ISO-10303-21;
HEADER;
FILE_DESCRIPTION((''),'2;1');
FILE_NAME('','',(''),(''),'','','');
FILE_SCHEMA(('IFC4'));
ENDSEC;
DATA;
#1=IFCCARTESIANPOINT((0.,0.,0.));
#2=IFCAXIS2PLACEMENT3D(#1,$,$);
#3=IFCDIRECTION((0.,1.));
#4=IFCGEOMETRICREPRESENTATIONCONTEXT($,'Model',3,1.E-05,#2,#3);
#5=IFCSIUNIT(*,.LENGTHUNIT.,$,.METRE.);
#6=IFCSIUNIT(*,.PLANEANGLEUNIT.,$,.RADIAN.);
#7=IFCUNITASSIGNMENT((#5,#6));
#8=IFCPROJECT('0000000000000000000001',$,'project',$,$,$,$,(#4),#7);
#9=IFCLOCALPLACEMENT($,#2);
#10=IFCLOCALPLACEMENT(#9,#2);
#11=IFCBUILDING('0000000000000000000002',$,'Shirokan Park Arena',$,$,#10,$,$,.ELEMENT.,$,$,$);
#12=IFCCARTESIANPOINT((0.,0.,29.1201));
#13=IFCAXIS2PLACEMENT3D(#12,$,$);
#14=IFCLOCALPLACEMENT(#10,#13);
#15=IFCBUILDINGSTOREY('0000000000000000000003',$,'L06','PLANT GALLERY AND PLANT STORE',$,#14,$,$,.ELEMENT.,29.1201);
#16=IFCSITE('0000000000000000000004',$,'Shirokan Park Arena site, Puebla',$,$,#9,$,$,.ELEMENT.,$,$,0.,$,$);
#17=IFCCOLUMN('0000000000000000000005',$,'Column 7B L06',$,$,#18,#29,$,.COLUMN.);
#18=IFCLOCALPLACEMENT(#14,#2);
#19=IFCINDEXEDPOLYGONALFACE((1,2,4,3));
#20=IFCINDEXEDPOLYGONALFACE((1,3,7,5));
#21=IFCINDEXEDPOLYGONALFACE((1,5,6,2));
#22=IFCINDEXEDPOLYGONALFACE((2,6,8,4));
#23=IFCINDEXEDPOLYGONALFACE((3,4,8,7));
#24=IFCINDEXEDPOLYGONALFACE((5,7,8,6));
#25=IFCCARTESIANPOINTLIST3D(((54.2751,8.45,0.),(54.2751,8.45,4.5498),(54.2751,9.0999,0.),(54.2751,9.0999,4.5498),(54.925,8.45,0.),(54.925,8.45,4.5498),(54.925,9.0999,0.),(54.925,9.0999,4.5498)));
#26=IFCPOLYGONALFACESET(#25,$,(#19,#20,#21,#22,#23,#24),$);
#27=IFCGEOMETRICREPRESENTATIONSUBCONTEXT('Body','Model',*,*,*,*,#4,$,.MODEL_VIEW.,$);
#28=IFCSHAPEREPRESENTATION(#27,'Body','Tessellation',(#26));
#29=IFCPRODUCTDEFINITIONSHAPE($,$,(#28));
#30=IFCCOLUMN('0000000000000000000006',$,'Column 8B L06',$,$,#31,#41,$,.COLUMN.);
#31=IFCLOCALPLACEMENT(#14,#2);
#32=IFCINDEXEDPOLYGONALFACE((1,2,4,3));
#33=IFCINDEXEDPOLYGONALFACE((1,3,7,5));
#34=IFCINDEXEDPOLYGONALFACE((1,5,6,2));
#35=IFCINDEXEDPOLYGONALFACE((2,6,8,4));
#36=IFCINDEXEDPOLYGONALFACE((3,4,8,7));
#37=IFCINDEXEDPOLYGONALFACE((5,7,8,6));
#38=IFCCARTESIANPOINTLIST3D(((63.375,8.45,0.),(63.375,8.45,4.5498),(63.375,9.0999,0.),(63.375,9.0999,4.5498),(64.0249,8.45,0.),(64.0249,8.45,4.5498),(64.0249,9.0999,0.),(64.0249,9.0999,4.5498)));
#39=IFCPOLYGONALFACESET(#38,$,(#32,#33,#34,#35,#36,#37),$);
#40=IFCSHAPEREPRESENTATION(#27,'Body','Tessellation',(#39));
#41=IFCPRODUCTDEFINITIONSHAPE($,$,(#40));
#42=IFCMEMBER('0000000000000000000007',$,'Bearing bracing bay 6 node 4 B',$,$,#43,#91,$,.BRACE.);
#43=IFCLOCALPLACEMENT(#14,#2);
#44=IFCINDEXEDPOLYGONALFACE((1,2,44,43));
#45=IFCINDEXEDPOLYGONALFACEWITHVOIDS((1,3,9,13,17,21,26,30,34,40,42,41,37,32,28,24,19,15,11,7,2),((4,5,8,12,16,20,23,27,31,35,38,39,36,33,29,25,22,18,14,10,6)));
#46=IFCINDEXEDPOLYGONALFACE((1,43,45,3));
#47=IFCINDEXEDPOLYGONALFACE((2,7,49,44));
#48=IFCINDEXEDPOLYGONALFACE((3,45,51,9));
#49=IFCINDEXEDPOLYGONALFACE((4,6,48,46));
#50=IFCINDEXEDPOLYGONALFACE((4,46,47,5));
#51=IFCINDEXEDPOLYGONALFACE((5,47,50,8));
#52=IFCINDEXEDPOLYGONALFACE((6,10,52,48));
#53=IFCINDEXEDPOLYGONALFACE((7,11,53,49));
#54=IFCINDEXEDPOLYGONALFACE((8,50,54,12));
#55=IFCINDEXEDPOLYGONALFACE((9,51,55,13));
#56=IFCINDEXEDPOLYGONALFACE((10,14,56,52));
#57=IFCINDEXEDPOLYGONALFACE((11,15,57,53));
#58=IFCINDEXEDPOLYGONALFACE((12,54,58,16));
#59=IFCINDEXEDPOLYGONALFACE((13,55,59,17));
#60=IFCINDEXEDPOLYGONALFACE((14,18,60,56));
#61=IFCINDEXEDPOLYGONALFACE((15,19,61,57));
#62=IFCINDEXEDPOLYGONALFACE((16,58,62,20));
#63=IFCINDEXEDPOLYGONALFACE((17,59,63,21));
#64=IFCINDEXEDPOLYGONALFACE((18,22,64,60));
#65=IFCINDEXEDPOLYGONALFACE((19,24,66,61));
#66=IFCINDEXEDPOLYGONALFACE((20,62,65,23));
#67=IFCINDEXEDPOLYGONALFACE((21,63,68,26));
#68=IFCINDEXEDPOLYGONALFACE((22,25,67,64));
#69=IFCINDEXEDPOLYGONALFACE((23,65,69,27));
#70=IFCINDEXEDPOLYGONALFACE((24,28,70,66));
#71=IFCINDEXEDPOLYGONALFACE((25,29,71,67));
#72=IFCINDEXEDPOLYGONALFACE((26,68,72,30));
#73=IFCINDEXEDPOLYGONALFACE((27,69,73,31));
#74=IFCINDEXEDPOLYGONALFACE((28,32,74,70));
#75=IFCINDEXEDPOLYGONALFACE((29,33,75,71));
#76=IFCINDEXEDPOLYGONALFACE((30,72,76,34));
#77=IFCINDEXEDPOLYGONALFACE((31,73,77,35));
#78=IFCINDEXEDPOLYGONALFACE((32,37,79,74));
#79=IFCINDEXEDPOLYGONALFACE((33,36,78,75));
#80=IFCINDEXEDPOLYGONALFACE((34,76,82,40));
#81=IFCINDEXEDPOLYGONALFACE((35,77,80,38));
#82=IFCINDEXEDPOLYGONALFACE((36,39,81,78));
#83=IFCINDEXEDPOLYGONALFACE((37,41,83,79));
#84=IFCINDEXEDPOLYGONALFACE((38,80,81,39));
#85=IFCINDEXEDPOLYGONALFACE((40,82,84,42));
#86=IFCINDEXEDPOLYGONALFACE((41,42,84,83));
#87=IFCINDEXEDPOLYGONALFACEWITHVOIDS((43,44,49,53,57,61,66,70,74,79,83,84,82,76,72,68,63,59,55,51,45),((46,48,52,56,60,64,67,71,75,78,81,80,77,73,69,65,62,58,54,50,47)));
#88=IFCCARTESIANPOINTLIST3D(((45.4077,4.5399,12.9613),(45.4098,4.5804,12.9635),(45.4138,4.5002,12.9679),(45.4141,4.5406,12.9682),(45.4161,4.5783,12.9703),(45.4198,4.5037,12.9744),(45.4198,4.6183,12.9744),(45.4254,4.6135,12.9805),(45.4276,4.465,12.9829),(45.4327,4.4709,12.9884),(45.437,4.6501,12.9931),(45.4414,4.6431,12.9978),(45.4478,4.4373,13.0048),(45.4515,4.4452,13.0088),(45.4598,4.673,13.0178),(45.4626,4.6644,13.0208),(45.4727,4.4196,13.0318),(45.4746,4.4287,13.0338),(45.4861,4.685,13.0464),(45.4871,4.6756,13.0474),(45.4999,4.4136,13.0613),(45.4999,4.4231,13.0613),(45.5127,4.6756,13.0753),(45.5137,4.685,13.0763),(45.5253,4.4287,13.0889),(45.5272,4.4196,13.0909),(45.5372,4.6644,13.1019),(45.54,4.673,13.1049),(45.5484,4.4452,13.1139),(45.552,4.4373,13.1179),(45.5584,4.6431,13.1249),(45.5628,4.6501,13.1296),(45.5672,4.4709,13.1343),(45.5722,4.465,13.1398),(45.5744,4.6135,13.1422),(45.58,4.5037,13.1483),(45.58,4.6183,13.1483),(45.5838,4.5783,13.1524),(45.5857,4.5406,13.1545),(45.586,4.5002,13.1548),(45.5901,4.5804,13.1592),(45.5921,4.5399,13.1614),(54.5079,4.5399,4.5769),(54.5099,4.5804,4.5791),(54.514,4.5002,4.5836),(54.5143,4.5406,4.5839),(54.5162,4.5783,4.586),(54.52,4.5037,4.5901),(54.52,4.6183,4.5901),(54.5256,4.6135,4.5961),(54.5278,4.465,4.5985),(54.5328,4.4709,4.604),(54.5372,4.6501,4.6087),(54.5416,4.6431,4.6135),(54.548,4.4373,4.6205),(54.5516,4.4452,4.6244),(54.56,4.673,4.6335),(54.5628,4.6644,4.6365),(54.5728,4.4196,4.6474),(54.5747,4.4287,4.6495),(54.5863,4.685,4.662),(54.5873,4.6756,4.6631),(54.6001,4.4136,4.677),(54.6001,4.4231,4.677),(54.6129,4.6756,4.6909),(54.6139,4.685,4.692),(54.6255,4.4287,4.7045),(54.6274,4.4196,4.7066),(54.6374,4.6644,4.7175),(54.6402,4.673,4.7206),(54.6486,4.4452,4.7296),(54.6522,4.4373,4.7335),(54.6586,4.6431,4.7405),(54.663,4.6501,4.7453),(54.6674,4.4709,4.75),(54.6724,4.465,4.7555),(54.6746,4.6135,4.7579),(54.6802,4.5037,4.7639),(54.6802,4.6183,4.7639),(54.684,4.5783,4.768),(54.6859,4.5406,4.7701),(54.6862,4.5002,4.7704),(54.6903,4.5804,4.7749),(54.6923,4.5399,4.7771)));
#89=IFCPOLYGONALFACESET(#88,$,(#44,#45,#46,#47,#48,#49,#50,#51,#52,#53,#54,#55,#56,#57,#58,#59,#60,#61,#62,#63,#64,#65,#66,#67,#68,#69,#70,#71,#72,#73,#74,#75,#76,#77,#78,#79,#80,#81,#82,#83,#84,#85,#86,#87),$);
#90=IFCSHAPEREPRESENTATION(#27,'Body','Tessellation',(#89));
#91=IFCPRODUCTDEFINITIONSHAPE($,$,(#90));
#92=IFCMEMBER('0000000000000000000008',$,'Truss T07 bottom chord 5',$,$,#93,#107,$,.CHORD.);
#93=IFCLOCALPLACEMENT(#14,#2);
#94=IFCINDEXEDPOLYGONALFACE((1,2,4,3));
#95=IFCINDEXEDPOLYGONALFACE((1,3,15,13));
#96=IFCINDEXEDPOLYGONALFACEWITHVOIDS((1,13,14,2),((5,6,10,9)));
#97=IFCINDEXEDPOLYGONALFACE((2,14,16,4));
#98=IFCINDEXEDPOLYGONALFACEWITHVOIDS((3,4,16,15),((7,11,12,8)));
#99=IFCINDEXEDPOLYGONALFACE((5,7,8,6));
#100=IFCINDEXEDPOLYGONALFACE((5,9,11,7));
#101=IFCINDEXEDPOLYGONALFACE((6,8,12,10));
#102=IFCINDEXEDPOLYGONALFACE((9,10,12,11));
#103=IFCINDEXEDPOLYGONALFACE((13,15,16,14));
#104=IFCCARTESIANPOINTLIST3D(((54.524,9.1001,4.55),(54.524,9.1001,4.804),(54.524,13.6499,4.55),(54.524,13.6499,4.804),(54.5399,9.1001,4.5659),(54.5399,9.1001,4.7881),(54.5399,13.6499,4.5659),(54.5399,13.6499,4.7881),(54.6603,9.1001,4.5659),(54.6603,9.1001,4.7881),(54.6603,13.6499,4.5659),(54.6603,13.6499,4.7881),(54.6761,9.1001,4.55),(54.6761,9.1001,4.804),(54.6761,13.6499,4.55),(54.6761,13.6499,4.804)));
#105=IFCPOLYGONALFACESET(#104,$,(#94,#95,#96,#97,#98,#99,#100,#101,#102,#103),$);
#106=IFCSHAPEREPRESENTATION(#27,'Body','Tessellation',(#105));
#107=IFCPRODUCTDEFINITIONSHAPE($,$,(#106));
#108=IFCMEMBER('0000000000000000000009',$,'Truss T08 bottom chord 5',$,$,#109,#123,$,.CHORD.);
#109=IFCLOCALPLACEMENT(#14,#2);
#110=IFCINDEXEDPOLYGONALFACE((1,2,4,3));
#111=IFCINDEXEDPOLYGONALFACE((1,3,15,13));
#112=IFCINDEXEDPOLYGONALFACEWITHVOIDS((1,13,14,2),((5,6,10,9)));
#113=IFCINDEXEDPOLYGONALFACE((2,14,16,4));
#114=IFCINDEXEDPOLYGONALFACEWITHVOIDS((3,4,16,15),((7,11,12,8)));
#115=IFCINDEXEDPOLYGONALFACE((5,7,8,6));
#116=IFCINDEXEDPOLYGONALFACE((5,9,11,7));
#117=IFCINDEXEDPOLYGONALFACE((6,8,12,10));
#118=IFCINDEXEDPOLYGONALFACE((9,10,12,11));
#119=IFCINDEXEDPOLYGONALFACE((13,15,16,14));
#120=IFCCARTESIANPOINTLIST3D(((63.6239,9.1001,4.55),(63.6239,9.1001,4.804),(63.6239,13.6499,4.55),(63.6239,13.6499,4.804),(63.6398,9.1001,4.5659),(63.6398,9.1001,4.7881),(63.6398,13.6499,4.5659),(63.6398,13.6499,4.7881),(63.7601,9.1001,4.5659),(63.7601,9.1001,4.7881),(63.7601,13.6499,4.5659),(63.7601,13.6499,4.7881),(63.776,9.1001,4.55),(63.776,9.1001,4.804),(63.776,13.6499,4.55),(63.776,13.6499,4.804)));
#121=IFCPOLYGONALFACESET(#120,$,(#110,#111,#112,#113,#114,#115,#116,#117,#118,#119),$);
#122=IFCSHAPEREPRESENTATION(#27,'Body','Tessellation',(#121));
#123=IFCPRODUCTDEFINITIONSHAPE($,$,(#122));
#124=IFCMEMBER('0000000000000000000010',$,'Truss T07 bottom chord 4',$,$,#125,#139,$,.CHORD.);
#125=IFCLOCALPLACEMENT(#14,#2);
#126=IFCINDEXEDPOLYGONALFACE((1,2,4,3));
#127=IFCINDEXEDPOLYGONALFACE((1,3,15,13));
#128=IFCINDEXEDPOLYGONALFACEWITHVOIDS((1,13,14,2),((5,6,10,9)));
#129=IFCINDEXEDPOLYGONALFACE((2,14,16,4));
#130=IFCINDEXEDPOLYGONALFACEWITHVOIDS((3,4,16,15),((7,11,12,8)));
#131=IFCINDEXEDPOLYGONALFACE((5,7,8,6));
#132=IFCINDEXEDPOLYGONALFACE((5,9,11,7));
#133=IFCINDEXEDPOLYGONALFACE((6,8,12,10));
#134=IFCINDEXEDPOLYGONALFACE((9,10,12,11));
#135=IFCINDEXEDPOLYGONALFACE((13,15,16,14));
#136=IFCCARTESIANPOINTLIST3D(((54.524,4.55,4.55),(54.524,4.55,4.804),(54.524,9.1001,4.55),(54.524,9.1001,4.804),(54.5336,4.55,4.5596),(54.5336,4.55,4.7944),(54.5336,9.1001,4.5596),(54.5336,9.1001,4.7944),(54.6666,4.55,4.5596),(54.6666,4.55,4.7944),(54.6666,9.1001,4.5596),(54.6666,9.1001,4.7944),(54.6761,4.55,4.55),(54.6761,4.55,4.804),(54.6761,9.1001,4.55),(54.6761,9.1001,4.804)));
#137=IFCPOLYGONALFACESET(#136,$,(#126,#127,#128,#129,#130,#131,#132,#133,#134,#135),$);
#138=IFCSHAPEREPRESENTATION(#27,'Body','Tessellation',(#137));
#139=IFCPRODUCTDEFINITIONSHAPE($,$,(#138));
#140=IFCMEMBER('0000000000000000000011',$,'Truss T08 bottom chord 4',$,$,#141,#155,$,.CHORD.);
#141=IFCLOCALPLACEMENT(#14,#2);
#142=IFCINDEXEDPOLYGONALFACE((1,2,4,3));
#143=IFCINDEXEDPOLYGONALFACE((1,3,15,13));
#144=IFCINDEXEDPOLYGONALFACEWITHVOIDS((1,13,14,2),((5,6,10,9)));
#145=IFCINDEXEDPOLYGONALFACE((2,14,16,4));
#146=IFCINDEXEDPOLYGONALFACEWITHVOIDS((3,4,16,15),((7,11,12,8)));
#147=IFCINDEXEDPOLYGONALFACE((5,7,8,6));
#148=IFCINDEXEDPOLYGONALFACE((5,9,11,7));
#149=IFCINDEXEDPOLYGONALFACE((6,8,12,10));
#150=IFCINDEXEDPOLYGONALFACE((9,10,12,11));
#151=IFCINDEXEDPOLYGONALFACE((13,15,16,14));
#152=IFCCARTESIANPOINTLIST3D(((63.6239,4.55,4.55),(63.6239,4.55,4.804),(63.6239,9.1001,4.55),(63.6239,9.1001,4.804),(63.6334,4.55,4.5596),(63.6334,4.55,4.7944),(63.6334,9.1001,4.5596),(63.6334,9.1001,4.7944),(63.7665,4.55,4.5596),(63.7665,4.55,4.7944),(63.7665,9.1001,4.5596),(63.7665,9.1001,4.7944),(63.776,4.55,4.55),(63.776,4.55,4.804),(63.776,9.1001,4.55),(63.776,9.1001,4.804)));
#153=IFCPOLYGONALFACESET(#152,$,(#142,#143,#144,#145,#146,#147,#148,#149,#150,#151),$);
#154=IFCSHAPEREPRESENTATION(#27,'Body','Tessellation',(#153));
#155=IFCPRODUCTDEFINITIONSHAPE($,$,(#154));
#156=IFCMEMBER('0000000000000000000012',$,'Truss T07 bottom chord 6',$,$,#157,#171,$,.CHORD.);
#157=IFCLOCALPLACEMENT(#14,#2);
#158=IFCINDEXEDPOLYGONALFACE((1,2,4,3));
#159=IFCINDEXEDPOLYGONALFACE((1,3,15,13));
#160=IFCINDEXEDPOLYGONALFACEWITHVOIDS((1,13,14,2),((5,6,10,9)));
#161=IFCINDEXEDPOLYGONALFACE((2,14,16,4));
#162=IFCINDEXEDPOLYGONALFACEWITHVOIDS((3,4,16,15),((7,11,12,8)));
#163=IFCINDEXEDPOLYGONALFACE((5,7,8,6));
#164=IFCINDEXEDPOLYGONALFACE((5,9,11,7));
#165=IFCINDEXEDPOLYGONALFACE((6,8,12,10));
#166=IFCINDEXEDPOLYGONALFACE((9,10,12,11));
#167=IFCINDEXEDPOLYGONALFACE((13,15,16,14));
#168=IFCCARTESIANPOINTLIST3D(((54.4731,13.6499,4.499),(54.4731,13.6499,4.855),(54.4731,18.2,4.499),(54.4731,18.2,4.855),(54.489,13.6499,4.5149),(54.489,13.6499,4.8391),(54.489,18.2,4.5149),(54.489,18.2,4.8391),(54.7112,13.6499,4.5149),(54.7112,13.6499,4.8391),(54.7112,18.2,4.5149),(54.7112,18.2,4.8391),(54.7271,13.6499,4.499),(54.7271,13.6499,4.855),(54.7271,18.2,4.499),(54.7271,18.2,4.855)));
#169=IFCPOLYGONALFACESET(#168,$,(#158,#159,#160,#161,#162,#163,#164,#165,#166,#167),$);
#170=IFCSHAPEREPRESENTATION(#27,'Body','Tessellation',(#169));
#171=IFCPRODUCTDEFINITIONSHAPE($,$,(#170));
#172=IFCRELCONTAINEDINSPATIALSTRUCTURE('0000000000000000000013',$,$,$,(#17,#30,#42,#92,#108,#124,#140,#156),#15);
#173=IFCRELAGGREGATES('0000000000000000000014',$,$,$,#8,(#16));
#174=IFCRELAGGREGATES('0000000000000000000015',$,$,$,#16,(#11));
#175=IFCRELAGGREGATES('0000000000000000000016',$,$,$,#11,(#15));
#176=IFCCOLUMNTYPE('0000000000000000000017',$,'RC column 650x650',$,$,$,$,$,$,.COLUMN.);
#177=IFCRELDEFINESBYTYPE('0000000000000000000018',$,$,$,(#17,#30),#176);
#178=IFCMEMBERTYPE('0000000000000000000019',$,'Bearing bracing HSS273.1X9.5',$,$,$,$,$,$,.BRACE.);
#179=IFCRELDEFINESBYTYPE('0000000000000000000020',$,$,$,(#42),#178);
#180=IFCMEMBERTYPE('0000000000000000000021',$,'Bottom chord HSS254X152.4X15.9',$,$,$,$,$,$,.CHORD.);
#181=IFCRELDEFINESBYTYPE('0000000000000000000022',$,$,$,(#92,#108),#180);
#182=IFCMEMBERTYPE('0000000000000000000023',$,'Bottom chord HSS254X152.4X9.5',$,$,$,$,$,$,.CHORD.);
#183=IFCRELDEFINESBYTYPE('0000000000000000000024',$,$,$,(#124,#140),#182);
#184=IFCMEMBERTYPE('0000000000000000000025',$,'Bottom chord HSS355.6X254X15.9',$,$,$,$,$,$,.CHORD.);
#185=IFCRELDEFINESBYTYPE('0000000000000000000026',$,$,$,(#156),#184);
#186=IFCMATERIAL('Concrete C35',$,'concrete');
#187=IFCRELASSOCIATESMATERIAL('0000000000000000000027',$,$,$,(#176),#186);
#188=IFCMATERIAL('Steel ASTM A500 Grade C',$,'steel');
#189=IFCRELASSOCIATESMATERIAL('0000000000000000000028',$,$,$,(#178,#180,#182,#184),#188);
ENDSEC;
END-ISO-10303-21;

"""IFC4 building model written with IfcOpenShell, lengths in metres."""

from ifc_helpers import new_model, si_unit, direction, frame, origin, origin_2d, place, context, subcontext, project, spatial, rectangle, hollow_rectangle, hollow_circle, extrude, material, material_profile, profile_set, type_object, element, save


model = new_model("IFC4")

# Units and contexts
model_context = context("Model", 3, precision=1e-05, world=origin(), true_north=direction((0.0, 1.0)))
body_context = subcontext(model_context, "Body", "Model", "MODEL_VIEW")
ifc_project = project(units=[si_unit("LENGTHUNIT", "METRE"), si_unit("PLANEANGLEUNIT", "RADIAN")], contexts=[model_context])

# Site, building, storey
site_placement = place(None, origin())
site = spatial("IfcSite", under=ifc_project, at=site_placement, Name="Shirokan Park Arena site, Puebla", CompositionType="ELEMENT", RefElevation=0.0)
building_placement = place(site_placement, origin())
building = spatial("IfcBuilding", under=site, at=building_placement, Name="Shirokan Park Arena", CompositionType="ELEMENT")
storey_placement = place(building_placement, frame((0.0, 0.0, 29.1201)))
storey = spatial("IfcBuildingStorey", under=building, at=storey_placement, Name="L06", Description="PLANT GALLERY AND PLANT STORE", CompositionType="ELEMENT", Elevation=29.1201)

# Columns
ifc_material_1 = material(Name="Concrete C35", Category="concrete")
ifc_material_profile_1 = material_profile(ifc_material_1, rectangle(XDim=0.6499, YDim=0.6499, at=origin_2d()), Name="650x650")
ifc_profile_set_1 = profile_set([ifc_material_profile_1], Name="Concrete C35")
column_type = type_object("IfcColumnType", Name="RC column 650x650", PredefinedType="COLUMN", material=ifc_profile_set_1)
for number, where, z_axis, x_axis, name in (
    (1, (54.6001, 8.7749, 0.0), (0.0, 0.0, 1.0), (1.0, 0.0, 0.0), "Column 7B L06"),
    (2, (63.7, 8.7749, 0.0), (0.0, 0.0, 1.0), (1.0, 0.0, 0.0), "Column 8B L06"),
):
    element("IfcColumn", number, at=place(storey_placement, frame(where, z_axis=z_axis, x_axis=x_axis)), inside=storey, type_object=column_type, Name=name, PredefinedType="COLUMN", context=body_context, shape_type="SweptSolid", body=[
        extrude(rectangle(XDim=0.6499, YDim=0.6499, at=origin_2d()), origin(), (0.0, 0.0, 1.0), 4.5498),
    ])

# Members
ifc_material_2 = material(Name="Steel ASTM A500 Grade C", Category="steel")
ifc_material_profile_2 = material_profile(ifc_material_2, hollow_circle(Radius=0.1365, WallThickness=0.0095, at=origin_2d()), Name="HSS273.1X9.5")
ifc_profile_set_2 = profile_set([ifc_material_profile_2], Name="Steel ASTM A500 Grade C")
member_type_1 = type_object("IfcMemberType", Name="Bearing bracing HSS273.1X9.5", PredefinedType="BRACE", material=ifc_profile_set_2)
member_1_placement = place(storey_placement, frame((54.6001, 4.55, 4.677), z_axis=(-0.73544, 0.0, 0.67759), x_axis=(0.0, -1.0, 0.0)))
element("IfcMember", 3, at=member_1_placement, inside=storey, type_object=member_type_1, Name="Bearing bracing bay 6 node 4 B", PredefinedType="BRACE", context=body_context, shape_type="SweptSolid", body=[
    extrude(hollow_circle(Radius=0.1365, WallThickness=0.0095, at=origin_2d()), origin(), (0.0, 0.0, 1.0), 12.3738),
])
ifc_material_profile_3 = material_profile(ifc_material_2, hollow_rectangle(XDim=0.1521, YDim=0.2539, WallThickness=0.0159, at=origin_2d()), Name="HSS254X152.4X15.9")
ifc_profile_set_3 = profile_set([ifc_material_profile_3], Name="Steel ASTM A500 Grade C")
member_type_2 = type_object("IfcMemberType", Name="Bottom chord HSS254X152.4X15.9", PredefinedType="CHORD", material=ifc_profile_set_3)
for number, where, z_axis, x_axis, name in (
    (4, (54.6001, 9.1001, 4.677), (0.0, 1.0, 0.0), (-1.0, 0.0, 0.0), "Truss T07 bottom chord 5"),
    (5, (63.7, 9.1001, 4.677), (0.0, 1.0, 0.0), (-1.0, 0.0, 0.0), "Truss T08 bottom chord 5"),
):
    element("IfcMember", number, at=place(storey_placement, frame(where, z_axis=z_axis, x_axis=x_axis)), inside=storey, type_object=member_type_2, Name=name, PredefinedType="CHORD", context=body_context, shape_type="SweptSolid", body=[
        extrude(hollow_rectangle(XDim=0.1521, YDim=0.2539, WallThickness=0.0159, at=origin_2d()), origin(), (0.0, 0.0, 1.0), 4.5498),
    ])
ifc_material_profile_4 = material_profile(ifc_material_2, hollow_rectangle(XDim=0.1521, YDim=0.2539, WallThickness=0.0095, at=origin_2d()), Name="HSS254X152.4X9.5")
ifc_profile_set_4 = profile_set([ifc_material_profile_4], Name="Steel ASTM A500 Grade C")
member_type_3 = type_object("IfcMemberType", Name="Bottom chord HSS254X152.4X9.5", PredefinedType="CHORD", material=ifc_profile_set_4)
for number, where, z_axis, x_axis, name in (
    (6, (54.6001, 4.55, 4.677), (0.0, 1.0, 0.0), (-1.0, 0.0, 0.0), "Truss T07 bottom chord 4"),
    (7, (63.7, 4.55, 4.677), (0.0, 1.0, 0.0), (-1.0, 0.0, 0.0), "Truss T08 bottom chord 4"),
):
    element("IfcMember", number, at=place(storey_placement, frame(where, z_axis=z_axis, x_axis=x_axis)), inside=storey, type_object=member_type_3, Name=name, PredefinedType="CHORD", context=body_context, shape_type="SweptSolid", body=[
        extrude(hollow_rectangle(XDim=0.1521, YDim=0.2539, WallThickness=0.0095, at=origin_2d()), origin(), (0.0, 0.0, 1.0), 4.55),
    ])
ifc_material_profile_5 = material_profile(ifc_material_2, hollow_rectangle(XDim=0.2539, YDim=0.356, WallThickness=0.0159, at=origin_2d()), Name="HSS355.6X254X15.9")
ifc_profile_set_5 = profile_set([ifc_material_profile_5], Name="Steel ASTM A500 Grade C")
member_type_4 = type_object("IfcMemberType", Name="Bottom chord HSS355.6X254X15.9", PredefinedType="CHORD", material=ifc_profile_set_5)
member_2_placement = place(storey_placement, frame((54.6001, 13.6499, 4.677), z_axis=(0.0, 1.0, 0.0), x_axis=(-1.0, 0.0, 0.0)))
element("IfcMember", 8, at=member_2_placement, inside=storey, type_object=member_type_4, Name="Truss T07 bottom chord 6", PredefinedType="CHORD", context=body_context, shape_type="SweptSolid", body=[
    extrude(hollow_rectangle(XDim=0.2539, YDim=0.356, WallThickness=0.0159, at=origin_2d()), origin(), (0.0, 0.0, 1.0), 4.55),
])

save(model, "model.ifc")
